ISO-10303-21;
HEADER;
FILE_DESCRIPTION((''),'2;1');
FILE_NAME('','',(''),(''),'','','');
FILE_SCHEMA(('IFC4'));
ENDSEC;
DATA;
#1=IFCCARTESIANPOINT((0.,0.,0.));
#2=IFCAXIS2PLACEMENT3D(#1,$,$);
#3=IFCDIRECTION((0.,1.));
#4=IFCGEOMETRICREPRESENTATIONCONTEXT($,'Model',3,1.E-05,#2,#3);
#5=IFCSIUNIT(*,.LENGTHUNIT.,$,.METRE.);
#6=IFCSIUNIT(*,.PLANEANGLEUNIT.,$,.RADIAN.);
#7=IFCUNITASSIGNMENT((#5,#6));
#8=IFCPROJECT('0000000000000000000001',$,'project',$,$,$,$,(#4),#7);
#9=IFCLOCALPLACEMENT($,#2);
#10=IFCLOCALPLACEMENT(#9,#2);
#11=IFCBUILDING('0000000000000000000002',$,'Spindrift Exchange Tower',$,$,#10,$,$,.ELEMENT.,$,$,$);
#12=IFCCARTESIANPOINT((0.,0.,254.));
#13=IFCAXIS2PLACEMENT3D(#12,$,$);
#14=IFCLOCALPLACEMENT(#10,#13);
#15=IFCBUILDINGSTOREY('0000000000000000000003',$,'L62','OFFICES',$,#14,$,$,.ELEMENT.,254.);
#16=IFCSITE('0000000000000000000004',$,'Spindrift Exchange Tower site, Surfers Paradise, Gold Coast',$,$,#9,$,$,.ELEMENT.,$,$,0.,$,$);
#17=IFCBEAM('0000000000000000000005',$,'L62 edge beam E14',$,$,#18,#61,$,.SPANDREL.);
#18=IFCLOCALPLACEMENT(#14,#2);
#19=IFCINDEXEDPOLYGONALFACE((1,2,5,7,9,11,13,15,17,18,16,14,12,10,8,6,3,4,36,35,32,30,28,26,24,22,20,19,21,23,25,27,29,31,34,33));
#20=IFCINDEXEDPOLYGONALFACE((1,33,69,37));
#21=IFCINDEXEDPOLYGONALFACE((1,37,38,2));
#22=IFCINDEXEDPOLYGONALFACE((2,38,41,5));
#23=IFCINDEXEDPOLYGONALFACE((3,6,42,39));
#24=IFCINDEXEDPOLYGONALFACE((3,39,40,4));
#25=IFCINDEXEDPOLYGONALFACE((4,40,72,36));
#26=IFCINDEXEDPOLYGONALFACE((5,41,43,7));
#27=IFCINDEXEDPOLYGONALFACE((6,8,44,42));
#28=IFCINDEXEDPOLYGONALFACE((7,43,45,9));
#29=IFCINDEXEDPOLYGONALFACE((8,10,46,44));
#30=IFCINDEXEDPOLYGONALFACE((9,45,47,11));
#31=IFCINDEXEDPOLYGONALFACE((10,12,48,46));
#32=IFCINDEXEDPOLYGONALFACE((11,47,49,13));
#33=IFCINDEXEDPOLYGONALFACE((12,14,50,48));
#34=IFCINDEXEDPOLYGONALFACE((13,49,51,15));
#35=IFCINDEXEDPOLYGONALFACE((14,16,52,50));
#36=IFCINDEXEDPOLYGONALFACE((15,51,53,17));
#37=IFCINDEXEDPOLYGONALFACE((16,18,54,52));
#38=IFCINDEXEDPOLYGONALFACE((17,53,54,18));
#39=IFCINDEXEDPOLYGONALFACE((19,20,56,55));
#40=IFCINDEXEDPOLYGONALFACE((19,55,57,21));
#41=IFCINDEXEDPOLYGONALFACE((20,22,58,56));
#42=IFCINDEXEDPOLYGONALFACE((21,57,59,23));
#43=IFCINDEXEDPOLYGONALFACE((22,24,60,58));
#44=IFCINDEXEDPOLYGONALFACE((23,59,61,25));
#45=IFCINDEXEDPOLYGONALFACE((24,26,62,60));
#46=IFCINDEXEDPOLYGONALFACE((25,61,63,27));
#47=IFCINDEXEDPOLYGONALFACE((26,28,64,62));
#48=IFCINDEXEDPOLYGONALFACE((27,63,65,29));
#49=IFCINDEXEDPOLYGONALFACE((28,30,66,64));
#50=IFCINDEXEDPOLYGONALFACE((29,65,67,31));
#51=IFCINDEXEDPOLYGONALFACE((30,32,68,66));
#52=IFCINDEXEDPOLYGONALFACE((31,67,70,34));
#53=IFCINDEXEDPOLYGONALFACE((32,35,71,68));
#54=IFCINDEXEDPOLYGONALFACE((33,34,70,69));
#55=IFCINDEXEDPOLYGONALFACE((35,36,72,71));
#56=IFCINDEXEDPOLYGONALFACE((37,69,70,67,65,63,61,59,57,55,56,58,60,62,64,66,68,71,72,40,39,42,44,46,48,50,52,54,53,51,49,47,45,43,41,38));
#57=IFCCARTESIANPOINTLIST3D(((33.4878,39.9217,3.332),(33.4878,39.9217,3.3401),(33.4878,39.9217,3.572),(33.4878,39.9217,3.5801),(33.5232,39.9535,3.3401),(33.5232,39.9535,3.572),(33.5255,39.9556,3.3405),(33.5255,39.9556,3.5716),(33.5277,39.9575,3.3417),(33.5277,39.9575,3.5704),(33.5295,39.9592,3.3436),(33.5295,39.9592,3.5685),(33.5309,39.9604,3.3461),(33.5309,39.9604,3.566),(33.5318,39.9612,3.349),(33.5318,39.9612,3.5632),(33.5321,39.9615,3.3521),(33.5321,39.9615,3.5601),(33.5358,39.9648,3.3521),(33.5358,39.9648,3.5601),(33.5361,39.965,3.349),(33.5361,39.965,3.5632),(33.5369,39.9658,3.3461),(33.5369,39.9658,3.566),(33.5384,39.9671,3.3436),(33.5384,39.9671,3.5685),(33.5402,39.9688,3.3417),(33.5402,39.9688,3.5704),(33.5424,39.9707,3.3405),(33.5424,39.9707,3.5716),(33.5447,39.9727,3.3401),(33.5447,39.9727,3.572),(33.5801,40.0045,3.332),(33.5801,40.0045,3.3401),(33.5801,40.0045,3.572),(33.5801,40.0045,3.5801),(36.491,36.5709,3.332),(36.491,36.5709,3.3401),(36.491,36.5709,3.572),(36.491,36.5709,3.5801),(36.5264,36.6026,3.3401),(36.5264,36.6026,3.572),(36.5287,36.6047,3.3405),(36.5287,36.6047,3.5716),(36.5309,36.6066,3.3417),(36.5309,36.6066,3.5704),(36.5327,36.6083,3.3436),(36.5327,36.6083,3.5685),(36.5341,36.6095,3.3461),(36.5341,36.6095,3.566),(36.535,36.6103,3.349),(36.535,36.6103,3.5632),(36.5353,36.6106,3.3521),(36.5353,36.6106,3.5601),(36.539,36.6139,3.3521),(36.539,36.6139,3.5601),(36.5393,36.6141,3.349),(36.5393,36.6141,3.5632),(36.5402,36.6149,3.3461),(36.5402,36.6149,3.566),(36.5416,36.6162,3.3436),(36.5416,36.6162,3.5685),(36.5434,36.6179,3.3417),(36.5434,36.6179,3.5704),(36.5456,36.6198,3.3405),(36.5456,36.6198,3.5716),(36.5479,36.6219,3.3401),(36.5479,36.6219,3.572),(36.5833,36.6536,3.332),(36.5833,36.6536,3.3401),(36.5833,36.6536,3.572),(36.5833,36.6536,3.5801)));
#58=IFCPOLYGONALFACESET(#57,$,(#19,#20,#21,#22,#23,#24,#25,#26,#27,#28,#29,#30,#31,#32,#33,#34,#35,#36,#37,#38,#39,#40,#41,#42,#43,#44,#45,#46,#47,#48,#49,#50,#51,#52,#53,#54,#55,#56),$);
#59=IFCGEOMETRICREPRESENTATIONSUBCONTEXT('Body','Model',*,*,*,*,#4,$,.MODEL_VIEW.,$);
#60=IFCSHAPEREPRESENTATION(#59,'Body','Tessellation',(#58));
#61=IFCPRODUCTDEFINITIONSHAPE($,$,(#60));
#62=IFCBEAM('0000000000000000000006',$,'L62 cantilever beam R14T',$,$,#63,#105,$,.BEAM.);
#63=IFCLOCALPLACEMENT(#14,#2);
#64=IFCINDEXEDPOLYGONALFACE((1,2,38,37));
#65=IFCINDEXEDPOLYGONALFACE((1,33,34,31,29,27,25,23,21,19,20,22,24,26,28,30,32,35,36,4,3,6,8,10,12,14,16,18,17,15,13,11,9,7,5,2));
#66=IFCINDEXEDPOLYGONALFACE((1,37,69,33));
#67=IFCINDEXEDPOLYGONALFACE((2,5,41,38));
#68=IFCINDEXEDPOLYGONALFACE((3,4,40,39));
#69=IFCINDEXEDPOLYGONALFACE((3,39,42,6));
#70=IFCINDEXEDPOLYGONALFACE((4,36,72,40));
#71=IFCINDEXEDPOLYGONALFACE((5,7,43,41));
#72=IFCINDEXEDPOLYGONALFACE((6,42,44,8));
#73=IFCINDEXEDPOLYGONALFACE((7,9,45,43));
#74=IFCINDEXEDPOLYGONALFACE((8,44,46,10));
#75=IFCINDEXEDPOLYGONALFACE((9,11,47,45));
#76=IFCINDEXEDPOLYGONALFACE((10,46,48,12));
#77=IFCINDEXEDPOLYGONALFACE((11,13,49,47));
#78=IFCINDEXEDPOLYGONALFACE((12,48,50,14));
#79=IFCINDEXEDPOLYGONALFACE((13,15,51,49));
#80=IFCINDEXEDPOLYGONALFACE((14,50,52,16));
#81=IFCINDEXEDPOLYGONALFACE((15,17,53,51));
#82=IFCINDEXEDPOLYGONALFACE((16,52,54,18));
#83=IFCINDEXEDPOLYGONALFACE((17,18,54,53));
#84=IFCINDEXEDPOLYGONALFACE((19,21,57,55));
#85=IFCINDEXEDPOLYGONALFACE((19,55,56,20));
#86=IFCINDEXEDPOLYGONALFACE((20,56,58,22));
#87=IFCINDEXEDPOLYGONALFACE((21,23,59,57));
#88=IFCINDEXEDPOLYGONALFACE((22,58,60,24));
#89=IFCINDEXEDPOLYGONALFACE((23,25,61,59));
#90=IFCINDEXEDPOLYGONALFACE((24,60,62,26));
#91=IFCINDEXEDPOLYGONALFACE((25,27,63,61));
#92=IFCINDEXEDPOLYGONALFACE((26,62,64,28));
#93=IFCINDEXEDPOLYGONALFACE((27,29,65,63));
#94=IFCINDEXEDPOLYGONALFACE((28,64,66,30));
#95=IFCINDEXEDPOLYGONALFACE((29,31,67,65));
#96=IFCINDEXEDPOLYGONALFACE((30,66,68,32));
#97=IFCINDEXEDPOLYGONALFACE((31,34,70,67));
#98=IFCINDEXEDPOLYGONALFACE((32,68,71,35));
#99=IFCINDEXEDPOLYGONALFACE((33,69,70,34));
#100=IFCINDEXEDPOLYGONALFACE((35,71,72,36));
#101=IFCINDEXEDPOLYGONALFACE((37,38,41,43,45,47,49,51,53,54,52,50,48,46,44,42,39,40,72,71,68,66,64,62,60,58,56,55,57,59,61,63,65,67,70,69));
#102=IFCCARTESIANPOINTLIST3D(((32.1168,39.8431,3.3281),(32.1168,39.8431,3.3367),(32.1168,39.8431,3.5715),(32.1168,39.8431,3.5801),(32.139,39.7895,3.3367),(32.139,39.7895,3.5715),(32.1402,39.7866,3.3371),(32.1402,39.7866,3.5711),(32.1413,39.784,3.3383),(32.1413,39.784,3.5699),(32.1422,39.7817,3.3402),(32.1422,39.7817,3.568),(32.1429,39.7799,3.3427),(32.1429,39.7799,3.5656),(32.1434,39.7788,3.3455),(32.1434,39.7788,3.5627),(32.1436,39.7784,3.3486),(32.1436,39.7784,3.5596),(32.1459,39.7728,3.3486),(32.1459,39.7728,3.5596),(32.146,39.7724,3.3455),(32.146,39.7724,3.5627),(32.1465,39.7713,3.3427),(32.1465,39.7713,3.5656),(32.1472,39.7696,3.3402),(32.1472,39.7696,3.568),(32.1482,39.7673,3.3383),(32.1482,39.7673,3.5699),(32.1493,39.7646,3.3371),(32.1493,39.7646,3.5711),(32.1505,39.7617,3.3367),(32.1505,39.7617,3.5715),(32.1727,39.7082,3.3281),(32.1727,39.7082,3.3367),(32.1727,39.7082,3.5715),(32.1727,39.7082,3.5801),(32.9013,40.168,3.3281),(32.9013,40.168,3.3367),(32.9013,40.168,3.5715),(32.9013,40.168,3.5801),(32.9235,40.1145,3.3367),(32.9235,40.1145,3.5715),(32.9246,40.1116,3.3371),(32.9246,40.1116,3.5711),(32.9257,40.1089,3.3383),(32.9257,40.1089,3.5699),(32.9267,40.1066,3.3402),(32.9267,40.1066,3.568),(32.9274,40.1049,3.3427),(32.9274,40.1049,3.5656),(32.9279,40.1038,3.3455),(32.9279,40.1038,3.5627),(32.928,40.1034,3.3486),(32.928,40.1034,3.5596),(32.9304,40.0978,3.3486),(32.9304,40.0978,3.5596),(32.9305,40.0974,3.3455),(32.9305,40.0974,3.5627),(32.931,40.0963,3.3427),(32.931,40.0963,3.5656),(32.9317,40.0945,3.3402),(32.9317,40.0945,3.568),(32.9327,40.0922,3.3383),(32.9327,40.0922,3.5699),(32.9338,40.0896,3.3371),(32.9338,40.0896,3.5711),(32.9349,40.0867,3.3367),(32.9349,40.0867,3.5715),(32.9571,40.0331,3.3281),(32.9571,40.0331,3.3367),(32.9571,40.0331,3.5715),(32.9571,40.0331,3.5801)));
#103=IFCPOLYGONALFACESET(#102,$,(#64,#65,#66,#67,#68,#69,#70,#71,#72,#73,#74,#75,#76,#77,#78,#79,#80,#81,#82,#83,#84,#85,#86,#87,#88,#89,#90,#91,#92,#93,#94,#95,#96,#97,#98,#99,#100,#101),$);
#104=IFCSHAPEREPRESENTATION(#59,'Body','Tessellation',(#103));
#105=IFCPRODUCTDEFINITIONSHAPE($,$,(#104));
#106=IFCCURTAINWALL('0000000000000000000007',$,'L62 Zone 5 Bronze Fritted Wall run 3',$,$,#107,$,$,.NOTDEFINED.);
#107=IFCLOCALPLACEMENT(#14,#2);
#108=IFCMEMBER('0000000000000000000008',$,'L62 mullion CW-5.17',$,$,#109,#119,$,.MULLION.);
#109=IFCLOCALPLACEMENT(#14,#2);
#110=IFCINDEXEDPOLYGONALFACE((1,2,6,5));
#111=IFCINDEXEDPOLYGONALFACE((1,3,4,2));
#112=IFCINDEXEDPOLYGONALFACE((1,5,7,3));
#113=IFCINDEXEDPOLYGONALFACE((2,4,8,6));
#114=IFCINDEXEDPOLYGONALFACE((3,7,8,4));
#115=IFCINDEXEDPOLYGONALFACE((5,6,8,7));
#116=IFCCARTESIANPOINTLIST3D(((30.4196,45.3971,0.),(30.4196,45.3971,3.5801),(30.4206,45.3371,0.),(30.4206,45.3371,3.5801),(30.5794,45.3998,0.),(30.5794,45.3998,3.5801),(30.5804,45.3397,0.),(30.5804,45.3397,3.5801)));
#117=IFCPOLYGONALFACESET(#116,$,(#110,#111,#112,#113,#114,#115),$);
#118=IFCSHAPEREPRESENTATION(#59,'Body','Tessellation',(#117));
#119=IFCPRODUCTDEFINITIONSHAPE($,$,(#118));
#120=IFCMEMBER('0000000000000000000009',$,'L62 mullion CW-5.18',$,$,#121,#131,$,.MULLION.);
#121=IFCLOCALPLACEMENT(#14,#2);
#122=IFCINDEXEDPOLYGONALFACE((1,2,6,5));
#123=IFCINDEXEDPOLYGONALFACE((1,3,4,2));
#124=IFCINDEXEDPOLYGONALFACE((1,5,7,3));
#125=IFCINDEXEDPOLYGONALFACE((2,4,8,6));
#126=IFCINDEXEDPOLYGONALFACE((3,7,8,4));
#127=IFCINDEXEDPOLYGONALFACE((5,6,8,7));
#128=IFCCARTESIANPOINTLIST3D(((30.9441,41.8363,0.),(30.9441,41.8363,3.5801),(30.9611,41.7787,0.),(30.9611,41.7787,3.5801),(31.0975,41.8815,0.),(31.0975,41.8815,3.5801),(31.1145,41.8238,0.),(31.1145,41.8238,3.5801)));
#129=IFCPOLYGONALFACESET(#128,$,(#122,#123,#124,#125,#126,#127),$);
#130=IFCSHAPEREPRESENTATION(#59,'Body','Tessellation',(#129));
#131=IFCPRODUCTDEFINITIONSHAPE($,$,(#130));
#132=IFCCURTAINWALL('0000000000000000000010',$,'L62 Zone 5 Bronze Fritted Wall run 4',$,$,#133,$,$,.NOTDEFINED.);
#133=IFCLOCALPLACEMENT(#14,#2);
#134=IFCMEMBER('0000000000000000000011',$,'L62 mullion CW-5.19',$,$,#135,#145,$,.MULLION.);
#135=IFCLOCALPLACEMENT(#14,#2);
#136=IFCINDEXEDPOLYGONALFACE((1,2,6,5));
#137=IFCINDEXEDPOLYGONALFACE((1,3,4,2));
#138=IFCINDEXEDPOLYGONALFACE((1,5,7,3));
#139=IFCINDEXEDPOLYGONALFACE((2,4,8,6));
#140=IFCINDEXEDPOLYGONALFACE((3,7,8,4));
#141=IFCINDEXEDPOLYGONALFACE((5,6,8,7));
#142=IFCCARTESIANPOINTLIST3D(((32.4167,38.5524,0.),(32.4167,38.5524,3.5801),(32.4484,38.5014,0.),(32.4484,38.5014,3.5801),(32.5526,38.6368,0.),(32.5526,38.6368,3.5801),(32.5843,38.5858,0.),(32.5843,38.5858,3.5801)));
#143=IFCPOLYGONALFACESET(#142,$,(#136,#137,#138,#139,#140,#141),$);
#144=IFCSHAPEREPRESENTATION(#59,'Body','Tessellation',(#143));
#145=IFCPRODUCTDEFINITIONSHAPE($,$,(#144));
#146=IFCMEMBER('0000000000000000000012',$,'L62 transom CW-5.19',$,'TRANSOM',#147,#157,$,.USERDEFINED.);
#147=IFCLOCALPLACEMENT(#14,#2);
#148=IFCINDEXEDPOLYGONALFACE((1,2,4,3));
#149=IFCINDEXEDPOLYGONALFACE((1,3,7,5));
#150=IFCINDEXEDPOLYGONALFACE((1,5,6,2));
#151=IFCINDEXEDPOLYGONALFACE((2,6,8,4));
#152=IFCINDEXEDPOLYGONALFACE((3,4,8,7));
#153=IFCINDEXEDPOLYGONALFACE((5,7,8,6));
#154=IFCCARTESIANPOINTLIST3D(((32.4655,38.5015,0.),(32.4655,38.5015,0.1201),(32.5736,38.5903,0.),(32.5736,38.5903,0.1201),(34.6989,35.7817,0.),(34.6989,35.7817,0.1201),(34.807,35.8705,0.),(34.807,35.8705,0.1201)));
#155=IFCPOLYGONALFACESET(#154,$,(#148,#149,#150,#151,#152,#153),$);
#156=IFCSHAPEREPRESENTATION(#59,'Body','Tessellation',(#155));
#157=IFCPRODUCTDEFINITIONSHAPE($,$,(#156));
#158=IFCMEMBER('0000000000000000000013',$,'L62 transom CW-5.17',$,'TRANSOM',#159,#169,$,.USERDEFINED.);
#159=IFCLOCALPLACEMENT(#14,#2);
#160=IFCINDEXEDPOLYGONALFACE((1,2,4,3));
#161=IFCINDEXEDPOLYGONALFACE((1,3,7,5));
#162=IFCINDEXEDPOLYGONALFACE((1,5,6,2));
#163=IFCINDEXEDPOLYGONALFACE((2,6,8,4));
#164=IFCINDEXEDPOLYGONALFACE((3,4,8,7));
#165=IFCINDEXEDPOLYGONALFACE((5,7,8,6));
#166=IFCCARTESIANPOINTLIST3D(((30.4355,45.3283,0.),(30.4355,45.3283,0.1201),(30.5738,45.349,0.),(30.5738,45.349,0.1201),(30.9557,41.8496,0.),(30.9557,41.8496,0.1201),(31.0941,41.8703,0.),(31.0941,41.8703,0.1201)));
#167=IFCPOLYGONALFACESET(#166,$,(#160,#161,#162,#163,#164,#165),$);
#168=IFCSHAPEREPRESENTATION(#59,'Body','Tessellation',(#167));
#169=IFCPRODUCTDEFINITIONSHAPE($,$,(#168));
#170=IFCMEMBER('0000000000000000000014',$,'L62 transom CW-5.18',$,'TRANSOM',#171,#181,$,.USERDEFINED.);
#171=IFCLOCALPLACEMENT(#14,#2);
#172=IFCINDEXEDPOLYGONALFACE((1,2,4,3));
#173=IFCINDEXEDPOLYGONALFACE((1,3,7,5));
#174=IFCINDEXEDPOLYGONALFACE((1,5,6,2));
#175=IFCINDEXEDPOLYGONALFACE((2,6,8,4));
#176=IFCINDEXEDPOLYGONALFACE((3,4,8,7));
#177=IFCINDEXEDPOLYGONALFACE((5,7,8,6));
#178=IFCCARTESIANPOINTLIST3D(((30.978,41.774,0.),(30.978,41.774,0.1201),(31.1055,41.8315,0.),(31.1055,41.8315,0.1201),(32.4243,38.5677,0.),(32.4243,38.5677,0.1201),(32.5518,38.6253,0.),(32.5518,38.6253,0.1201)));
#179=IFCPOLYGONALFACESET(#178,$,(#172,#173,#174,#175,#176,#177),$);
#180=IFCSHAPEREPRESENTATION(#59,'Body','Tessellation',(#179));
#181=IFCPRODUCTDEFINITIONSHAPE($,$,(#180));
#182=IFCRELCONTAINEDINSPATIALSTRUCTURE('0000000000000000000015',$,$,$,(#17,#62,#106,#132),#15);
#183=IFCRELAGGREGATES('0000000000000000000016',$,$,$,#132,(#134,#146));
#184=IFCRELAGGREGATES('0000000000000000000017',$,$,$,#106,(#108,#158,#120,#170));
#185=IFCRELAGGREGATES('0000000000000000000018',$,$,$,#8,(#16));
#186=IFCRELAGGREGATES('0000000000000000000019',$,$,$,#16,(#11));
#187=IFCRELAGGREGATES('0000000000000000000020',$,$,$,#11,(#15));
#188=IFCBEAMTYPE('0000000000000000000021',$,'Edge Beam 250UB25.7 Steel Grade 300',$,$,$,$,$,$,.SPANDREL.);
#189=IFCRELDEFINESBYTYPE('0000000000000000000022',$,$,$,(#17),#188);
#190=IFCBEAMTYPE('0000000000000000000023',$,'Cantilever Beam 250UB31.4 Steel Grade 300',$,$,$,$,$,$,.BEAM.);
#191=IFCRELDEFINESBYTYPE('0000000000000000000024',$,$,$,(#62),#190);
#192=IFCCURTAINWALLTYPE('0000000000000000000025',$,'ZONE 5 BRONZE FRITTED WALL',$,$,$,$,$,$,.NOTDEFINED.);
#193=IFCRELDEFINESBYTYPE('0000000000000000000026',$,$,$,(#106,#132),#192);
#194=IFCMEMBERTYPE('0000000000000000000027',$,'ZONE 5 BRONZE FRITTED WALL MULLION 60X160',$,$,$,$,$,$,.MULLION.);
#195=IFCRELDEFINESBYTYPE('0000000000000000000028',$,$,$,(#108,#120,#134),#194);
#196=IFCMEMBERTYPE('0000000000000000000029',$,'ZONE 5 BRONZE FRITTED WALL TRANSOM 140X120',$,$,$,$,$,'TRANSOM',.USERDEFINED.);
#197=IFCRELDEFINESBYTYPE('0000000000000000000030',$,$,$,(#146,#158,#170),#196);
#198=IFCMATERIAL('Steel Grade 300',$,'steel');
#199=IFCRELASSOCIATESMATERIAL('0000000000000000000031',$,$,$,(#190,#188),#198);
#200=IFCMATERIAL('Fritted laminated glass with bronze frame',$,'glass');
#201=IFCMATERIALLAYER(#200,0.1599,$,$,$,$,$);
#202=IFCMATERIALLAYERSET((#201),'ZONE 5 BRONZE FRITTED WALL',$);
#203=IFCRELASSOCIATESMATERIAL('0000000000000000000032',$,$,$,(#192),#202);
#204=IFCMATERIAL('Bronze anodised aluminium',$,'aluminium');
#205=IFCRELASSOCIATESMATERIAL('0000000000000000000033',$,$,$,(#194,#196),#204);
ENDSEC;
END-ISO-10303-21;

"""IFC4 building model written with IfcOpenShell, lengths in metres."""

from ifc_helpers import new_model, si_unit, direction, frame, origin, origin_2d, place, context, subcontext, project, spatial, rectangle, i_section, extrude, source, transform, mapped, material, layer, layer_set, material_profile, profile_set, type_object, element, aggregate, save


model = new_model("IFC4")

# Units and contexts
model_context = context("Model", 3, precision=1e-05, world=origin(), true_north=direction((0.0, 1.0)))
body_context = subcontext(model_context, "Body", "Model", "MODEL_VIEW")
ifc_project = project(units=[si_unit("LENGTHUNIT", "METRE"), si_unit("PLANEANGLEUNIT", "RADIAN")], contexts=[model_context])

# Site, building, storey
site_placement = place(None, origin())
site = spatial("IfcSite", under=ifc_project, at=site_placement, Name="Spindrift Exchange Tower site, Surfers Paradise, Gold Coast", CompositionType="ELEMENT", RefElevation=0.0)
building_placement = place(site_placement, origin())
building = spatial("IfcBuilding", under=site, at=building_placement, Name="Spindrift Exchange Tower", CompositionType="ELEMENT")
storey_placement = place(building_placement, frame((0.0, 0.0, 254.0)))
storey = spatial("IfcBuildingStorey", under=building, at=storey_placement, Name="L62", Description="OFFICES", CompositionType="ELEMENT", Elevation=254.0)

# Beams
ifc_material_1 = material(Name="Steel Grade 300", Category="steel")
ifc_material_profile_1 = material_profile(ifc_material_1, i_section(OverallWidth=0.146, OverallDepth=0.252, WebThickness=0.0061, FlangeThickness=0.0085, FilletRadius=0.012, at=origin_2d()), Name="250UB31.4")
ifc_profile_set_1 = profile_set([ifc_material_profile_1], Name="Steel Grade 300")
beam_type_1 = type_object("IfcBeamType", Name="Cantilever Beam 250UB31.4 Steel Grade 300", PredefinedType="BEAM", material=ifc_profile_set_1)
ifc_material_profile_2 = material_profile(ifc_material_1, i_section(OverallWidth=0.124, OverallDepth=0.248, WebThickness=0.0049, FlangeThickness=0.0081, FilletRadius=0.012, at=origin_2d()), Name="250UB25.7")
ifc_profile_set_2 = profile_set([ifc_material_profile_2], Name="Steel Grade 300")
beam_type_2 = type_object("IfcBeamType", Name="Edge Beam 250UB25.7 Steel Grade 300", PredefinedType="SPANDREL", material=ifc_profile_set_2)
shared_shape_1 = source(origin(), body_context, "Body", "SweptSolid", [
    extrude(i_section(OverallWidth=0.124, OverallDepth=0.248, WebThickness=0.0049, FlangeThickness=0.0081, FilletRadius=0.012, at=origin_2d()), origin(), (0.0, 0.0, 1.0), 4.4998),
])
beam_1_placement = place(storey_placement, frame((33.5339, 39.9631, 3.4561), z_axis=(0.66742, -0.744682, 0.0), x_axis=(0.744682, 0.66742, 0.0)))
element("IfcBeam", 1, at=beam_1_placement, inside=storey, type_object=beam_type_2, Name="L62 edge beam E14", PredefinedType="SPANDREL", context=body_context, shape_type="MappedRepresentation", body=[
    mapped(shared_shape_1, transform((0.0, 0.0, 0.0), scale=1.0)),
])
shared_shape_2 = source(origin(), body_context, "Body", "SweptSolid", [
    extrude(i_section(OverallWidth=0.146, OverallDepth=0.252, WebThickness=0.0061, FlangeThickness=0.0085, FilletRadius=0.012, at=origin_2d()), origin(), (0.0, 0.0, 1.0), 0.8491),
])
beam_2_placement = place(storey_placement, frame((32.9292, 40.1006, 3.4541), z_axis=(-0.923866, -0.382716, 0.0), x_axis=(0.382716, -0.923866, 0.0)))
element("IfcBeam", 2, at=beam_2_placement, inside=storey, type_object=beam_type_1, Name="L62 cantilever beam R14T", PredefinedType="BEAM", context=body_context, shape_type="MappedRepresentation", body=[
    mapped(shared_shape_2, transform((0.0, 0.0, 0.0), scale=1.0)),
])

# Curtain walls, members
ifc_material_2 = material(Name="Fritted laminated glass with bronze frame", Category="glass")
ifc_layer_1 = layer(ifc_material_2, 0.1599)
ifc_layer_set_1 = layer_set([ifc_layer_1], Name="ZONE 5 BRONZE FRITTED WALL")
curtain_wall_type = type_object("IfcCurtainWallType", Name="ZONE 5 BRONZE FRITTED WALL", PredefinedType="NOTDEFINED", material=ifc_layer_set_1)
curtain_wall_1_placement = place(storey_placement, origin())
curtain_wall_1 = element("IfcCurtainWall", 3, at=curtain_wall_1_placement, inside=storey, type_object=curtain_wall_type, Name="L62 Zone 5 Bronze Fritted Wall run 3", PredefinedType="NOTDEFINED")
ifc_material_3 = material(Name="Bronze anodised aluminium", Category="aluminium")
ifc_material_profile_3 = material_profile(ifc_material_3, rectangle(XDim=0.0601, YDim=0.1599, at=origin_2d()), Name="ZONE 5 BRONZE FRITTED WALL MULLION 60X160")
ifc_profile_set_3 = profile_set([ifc_material_profile_3], Name="Bronze anodised aluminium")
member_type_1 = type_object("IfcMemberType", Name="ZONE 5 BRONZE FRITTED WALL MULLION 60X160", PredefinedType="MULLION", material=ifc_profile_set_3)
shared_shape_3 = source(origin(), body_context, "Body", "SweptSolid", [
    extrude(rectangle(XDim=0.0601, YDim=0.1599, at=origin_2d()), origin(), (0.0, 0.0, 1.0), 3.5801),
])
member_1_placement = place(storey_placement, frame((30.5, 45.3684, 0.0), z_axis=(0.0, 0.0, 1.0), x_axis=(0.016609, -0.999862, 0.0)))
member_1 = element("IfcMember", 4, at=member_1_placement, type_object=member_type_1, Name="L62 mullion CW-5.17", PredefinedType="MULLION", context=body_context, shape_type="MappedRepresentation", body=[
    mapped(shared_shape_3, transform((0.0, 0.0, 0.0), scale=1.0)),
])
member_2_placement = place(storey_placement, frame((31.0293, 41.8301, 0.0), z_axis=(0.0, 0.0, 1.0), x_axis=(0.282238, -0.959345, 0.0)))
member_2 = element("IfcMember", 5, at=member_2_placement, type_object=member_type_1, Name="L62 mullion CW-5.18", PredefinedType="MULLION", context=body_context, shape_type="MappedRepresentation", body=[
    mapped(shared_shape_3, transform((0.0, 0.0, 0.0), scale=1.0)),
])
curtain_wall_2_placement = place(storey_placement, origin())
curtain_wall_2 = element("IfcCurtainWall", 6, at=curtain_wall_2_placement, inside=storey, type_object=curtain_wall_type, Name="L62 Zone 5 Bronze Fritted Wall run 4", PredefinedType="NOTDEFINED")
member_3_placement = place(storey_placement, frame((32.5005, 38.5691, 0.0), z_axis=(0.0, 0.0, 1.0), x_axis=(0.527511, -0.849548, 0.0)))
member_3 = element("IfcMember", 7, at=member_3_placement, type_object=member_type_1, Name="L62 mullion CW-5.19", PredefinedType="MULLION", context=body_context, shape_type="MappedRepresentation", body=[
    mapped(shared_shape_3, transform((0.0, 0.0, 0.0), scale=1.0)),
])
ifc_material_profile_4 = material_profile(ifc_material_3, rectangle(XDim=0.1399, YDim=0.1201, at=origin_2d()), Name="ZONE 5 BRONZE FRITTED WALL TRANSOM 140X120")
ifc_profile_set_4 = profile_set([ifc_material_profile_4], Name="Bronze anodised aluminium")
member_type_2 = type_object("IfcMemberType", Name="ZONE 5 BRONZE FRITTED WALL TRANSOM 140X120", ElementType="TRANSOM", PredefinedType="USERDEFINED", material=ifc_profile_set_4)
shared_shape_4 = source(origin(), body_context, "Body", "SweptSolid", [
    extrude(rectangle(XDim=0.1399, YDim=0.1201, at=origin_2d()), origin(), (0.0, 0.0, 1.0), 3.5193),
])
member_4_placement = place(storey_placement, frame((32.5195, 38.5459, 0.0601), z_axis=(0.634627, -0.772819, 0.0), x_axis=(0.772819, 0.634627, 0.0)))
member_4 = element("IfcMember", 8, at=member_4_placement, type_object=member_type_2, Name="L62 transom CW-5.19", ObjectType="TRANSOM", PredefinedType="USERDEFINED", context=body_context, shape_type="MappedRepresentation", body=[
    mapped(shared_shape_4, transform((0.0, 0.0, 0.0), scale=1.0)),
])
aggregate(curtain_wall_2, [member_3, member_4])

# Members
shared_shape_5 = source(origin(), body_context, "Body", "SweptSolid", [
    extrude(rectangle(XDim=0.1399, YDim=0.1201, at=origin_2d()), origin(), (0.0, 0.0, 1.0), 3.5173),
])
member_5_placement = place(storey_placement, frame((30.5046, 45.3386, 0.0601), z_axis=(0.147909, -0.989001, 0.0), x_axis=(0.989001, 0.147909, 0.0)))
member_5 = element("IfcMember", 9, at=member_5_placement, type_object=member_type_2, Name="L62 transom CW-5.17", ObjectType="TRANSOM", PredefinedType="USERDEFINED", context=body_context, shape_type="MappedRepresentation", body=[
    mapped(shared_shape_5, transform((0.0, 0.0, 0.0), scale=1.0)),
])
member_6_placement = place(storey_placement, frame((31.0417, 41.8027, 0.0601), z_axis=(0.411181, -0.911554, 0.0), x_axis=(0.911554, 0.411181, 0.0)))
member_6 = element("IfcMember", 10, at=member_6_placement, type_object=member_type_2, Name="L62 transom CW-5.18", ObjectType="TRANSOM", PredefinedType="USERDEFINED", context=body_context, shape_type="MappedRepresentation", body=[
    mapped(shared_shape_5, transform((0.0, 0.0, 0.0), scale=1.0)),
])

aggregate(curtain_wall_1, [member_1, member_5, member_2, member_6])

save(model, "model.ifc")
